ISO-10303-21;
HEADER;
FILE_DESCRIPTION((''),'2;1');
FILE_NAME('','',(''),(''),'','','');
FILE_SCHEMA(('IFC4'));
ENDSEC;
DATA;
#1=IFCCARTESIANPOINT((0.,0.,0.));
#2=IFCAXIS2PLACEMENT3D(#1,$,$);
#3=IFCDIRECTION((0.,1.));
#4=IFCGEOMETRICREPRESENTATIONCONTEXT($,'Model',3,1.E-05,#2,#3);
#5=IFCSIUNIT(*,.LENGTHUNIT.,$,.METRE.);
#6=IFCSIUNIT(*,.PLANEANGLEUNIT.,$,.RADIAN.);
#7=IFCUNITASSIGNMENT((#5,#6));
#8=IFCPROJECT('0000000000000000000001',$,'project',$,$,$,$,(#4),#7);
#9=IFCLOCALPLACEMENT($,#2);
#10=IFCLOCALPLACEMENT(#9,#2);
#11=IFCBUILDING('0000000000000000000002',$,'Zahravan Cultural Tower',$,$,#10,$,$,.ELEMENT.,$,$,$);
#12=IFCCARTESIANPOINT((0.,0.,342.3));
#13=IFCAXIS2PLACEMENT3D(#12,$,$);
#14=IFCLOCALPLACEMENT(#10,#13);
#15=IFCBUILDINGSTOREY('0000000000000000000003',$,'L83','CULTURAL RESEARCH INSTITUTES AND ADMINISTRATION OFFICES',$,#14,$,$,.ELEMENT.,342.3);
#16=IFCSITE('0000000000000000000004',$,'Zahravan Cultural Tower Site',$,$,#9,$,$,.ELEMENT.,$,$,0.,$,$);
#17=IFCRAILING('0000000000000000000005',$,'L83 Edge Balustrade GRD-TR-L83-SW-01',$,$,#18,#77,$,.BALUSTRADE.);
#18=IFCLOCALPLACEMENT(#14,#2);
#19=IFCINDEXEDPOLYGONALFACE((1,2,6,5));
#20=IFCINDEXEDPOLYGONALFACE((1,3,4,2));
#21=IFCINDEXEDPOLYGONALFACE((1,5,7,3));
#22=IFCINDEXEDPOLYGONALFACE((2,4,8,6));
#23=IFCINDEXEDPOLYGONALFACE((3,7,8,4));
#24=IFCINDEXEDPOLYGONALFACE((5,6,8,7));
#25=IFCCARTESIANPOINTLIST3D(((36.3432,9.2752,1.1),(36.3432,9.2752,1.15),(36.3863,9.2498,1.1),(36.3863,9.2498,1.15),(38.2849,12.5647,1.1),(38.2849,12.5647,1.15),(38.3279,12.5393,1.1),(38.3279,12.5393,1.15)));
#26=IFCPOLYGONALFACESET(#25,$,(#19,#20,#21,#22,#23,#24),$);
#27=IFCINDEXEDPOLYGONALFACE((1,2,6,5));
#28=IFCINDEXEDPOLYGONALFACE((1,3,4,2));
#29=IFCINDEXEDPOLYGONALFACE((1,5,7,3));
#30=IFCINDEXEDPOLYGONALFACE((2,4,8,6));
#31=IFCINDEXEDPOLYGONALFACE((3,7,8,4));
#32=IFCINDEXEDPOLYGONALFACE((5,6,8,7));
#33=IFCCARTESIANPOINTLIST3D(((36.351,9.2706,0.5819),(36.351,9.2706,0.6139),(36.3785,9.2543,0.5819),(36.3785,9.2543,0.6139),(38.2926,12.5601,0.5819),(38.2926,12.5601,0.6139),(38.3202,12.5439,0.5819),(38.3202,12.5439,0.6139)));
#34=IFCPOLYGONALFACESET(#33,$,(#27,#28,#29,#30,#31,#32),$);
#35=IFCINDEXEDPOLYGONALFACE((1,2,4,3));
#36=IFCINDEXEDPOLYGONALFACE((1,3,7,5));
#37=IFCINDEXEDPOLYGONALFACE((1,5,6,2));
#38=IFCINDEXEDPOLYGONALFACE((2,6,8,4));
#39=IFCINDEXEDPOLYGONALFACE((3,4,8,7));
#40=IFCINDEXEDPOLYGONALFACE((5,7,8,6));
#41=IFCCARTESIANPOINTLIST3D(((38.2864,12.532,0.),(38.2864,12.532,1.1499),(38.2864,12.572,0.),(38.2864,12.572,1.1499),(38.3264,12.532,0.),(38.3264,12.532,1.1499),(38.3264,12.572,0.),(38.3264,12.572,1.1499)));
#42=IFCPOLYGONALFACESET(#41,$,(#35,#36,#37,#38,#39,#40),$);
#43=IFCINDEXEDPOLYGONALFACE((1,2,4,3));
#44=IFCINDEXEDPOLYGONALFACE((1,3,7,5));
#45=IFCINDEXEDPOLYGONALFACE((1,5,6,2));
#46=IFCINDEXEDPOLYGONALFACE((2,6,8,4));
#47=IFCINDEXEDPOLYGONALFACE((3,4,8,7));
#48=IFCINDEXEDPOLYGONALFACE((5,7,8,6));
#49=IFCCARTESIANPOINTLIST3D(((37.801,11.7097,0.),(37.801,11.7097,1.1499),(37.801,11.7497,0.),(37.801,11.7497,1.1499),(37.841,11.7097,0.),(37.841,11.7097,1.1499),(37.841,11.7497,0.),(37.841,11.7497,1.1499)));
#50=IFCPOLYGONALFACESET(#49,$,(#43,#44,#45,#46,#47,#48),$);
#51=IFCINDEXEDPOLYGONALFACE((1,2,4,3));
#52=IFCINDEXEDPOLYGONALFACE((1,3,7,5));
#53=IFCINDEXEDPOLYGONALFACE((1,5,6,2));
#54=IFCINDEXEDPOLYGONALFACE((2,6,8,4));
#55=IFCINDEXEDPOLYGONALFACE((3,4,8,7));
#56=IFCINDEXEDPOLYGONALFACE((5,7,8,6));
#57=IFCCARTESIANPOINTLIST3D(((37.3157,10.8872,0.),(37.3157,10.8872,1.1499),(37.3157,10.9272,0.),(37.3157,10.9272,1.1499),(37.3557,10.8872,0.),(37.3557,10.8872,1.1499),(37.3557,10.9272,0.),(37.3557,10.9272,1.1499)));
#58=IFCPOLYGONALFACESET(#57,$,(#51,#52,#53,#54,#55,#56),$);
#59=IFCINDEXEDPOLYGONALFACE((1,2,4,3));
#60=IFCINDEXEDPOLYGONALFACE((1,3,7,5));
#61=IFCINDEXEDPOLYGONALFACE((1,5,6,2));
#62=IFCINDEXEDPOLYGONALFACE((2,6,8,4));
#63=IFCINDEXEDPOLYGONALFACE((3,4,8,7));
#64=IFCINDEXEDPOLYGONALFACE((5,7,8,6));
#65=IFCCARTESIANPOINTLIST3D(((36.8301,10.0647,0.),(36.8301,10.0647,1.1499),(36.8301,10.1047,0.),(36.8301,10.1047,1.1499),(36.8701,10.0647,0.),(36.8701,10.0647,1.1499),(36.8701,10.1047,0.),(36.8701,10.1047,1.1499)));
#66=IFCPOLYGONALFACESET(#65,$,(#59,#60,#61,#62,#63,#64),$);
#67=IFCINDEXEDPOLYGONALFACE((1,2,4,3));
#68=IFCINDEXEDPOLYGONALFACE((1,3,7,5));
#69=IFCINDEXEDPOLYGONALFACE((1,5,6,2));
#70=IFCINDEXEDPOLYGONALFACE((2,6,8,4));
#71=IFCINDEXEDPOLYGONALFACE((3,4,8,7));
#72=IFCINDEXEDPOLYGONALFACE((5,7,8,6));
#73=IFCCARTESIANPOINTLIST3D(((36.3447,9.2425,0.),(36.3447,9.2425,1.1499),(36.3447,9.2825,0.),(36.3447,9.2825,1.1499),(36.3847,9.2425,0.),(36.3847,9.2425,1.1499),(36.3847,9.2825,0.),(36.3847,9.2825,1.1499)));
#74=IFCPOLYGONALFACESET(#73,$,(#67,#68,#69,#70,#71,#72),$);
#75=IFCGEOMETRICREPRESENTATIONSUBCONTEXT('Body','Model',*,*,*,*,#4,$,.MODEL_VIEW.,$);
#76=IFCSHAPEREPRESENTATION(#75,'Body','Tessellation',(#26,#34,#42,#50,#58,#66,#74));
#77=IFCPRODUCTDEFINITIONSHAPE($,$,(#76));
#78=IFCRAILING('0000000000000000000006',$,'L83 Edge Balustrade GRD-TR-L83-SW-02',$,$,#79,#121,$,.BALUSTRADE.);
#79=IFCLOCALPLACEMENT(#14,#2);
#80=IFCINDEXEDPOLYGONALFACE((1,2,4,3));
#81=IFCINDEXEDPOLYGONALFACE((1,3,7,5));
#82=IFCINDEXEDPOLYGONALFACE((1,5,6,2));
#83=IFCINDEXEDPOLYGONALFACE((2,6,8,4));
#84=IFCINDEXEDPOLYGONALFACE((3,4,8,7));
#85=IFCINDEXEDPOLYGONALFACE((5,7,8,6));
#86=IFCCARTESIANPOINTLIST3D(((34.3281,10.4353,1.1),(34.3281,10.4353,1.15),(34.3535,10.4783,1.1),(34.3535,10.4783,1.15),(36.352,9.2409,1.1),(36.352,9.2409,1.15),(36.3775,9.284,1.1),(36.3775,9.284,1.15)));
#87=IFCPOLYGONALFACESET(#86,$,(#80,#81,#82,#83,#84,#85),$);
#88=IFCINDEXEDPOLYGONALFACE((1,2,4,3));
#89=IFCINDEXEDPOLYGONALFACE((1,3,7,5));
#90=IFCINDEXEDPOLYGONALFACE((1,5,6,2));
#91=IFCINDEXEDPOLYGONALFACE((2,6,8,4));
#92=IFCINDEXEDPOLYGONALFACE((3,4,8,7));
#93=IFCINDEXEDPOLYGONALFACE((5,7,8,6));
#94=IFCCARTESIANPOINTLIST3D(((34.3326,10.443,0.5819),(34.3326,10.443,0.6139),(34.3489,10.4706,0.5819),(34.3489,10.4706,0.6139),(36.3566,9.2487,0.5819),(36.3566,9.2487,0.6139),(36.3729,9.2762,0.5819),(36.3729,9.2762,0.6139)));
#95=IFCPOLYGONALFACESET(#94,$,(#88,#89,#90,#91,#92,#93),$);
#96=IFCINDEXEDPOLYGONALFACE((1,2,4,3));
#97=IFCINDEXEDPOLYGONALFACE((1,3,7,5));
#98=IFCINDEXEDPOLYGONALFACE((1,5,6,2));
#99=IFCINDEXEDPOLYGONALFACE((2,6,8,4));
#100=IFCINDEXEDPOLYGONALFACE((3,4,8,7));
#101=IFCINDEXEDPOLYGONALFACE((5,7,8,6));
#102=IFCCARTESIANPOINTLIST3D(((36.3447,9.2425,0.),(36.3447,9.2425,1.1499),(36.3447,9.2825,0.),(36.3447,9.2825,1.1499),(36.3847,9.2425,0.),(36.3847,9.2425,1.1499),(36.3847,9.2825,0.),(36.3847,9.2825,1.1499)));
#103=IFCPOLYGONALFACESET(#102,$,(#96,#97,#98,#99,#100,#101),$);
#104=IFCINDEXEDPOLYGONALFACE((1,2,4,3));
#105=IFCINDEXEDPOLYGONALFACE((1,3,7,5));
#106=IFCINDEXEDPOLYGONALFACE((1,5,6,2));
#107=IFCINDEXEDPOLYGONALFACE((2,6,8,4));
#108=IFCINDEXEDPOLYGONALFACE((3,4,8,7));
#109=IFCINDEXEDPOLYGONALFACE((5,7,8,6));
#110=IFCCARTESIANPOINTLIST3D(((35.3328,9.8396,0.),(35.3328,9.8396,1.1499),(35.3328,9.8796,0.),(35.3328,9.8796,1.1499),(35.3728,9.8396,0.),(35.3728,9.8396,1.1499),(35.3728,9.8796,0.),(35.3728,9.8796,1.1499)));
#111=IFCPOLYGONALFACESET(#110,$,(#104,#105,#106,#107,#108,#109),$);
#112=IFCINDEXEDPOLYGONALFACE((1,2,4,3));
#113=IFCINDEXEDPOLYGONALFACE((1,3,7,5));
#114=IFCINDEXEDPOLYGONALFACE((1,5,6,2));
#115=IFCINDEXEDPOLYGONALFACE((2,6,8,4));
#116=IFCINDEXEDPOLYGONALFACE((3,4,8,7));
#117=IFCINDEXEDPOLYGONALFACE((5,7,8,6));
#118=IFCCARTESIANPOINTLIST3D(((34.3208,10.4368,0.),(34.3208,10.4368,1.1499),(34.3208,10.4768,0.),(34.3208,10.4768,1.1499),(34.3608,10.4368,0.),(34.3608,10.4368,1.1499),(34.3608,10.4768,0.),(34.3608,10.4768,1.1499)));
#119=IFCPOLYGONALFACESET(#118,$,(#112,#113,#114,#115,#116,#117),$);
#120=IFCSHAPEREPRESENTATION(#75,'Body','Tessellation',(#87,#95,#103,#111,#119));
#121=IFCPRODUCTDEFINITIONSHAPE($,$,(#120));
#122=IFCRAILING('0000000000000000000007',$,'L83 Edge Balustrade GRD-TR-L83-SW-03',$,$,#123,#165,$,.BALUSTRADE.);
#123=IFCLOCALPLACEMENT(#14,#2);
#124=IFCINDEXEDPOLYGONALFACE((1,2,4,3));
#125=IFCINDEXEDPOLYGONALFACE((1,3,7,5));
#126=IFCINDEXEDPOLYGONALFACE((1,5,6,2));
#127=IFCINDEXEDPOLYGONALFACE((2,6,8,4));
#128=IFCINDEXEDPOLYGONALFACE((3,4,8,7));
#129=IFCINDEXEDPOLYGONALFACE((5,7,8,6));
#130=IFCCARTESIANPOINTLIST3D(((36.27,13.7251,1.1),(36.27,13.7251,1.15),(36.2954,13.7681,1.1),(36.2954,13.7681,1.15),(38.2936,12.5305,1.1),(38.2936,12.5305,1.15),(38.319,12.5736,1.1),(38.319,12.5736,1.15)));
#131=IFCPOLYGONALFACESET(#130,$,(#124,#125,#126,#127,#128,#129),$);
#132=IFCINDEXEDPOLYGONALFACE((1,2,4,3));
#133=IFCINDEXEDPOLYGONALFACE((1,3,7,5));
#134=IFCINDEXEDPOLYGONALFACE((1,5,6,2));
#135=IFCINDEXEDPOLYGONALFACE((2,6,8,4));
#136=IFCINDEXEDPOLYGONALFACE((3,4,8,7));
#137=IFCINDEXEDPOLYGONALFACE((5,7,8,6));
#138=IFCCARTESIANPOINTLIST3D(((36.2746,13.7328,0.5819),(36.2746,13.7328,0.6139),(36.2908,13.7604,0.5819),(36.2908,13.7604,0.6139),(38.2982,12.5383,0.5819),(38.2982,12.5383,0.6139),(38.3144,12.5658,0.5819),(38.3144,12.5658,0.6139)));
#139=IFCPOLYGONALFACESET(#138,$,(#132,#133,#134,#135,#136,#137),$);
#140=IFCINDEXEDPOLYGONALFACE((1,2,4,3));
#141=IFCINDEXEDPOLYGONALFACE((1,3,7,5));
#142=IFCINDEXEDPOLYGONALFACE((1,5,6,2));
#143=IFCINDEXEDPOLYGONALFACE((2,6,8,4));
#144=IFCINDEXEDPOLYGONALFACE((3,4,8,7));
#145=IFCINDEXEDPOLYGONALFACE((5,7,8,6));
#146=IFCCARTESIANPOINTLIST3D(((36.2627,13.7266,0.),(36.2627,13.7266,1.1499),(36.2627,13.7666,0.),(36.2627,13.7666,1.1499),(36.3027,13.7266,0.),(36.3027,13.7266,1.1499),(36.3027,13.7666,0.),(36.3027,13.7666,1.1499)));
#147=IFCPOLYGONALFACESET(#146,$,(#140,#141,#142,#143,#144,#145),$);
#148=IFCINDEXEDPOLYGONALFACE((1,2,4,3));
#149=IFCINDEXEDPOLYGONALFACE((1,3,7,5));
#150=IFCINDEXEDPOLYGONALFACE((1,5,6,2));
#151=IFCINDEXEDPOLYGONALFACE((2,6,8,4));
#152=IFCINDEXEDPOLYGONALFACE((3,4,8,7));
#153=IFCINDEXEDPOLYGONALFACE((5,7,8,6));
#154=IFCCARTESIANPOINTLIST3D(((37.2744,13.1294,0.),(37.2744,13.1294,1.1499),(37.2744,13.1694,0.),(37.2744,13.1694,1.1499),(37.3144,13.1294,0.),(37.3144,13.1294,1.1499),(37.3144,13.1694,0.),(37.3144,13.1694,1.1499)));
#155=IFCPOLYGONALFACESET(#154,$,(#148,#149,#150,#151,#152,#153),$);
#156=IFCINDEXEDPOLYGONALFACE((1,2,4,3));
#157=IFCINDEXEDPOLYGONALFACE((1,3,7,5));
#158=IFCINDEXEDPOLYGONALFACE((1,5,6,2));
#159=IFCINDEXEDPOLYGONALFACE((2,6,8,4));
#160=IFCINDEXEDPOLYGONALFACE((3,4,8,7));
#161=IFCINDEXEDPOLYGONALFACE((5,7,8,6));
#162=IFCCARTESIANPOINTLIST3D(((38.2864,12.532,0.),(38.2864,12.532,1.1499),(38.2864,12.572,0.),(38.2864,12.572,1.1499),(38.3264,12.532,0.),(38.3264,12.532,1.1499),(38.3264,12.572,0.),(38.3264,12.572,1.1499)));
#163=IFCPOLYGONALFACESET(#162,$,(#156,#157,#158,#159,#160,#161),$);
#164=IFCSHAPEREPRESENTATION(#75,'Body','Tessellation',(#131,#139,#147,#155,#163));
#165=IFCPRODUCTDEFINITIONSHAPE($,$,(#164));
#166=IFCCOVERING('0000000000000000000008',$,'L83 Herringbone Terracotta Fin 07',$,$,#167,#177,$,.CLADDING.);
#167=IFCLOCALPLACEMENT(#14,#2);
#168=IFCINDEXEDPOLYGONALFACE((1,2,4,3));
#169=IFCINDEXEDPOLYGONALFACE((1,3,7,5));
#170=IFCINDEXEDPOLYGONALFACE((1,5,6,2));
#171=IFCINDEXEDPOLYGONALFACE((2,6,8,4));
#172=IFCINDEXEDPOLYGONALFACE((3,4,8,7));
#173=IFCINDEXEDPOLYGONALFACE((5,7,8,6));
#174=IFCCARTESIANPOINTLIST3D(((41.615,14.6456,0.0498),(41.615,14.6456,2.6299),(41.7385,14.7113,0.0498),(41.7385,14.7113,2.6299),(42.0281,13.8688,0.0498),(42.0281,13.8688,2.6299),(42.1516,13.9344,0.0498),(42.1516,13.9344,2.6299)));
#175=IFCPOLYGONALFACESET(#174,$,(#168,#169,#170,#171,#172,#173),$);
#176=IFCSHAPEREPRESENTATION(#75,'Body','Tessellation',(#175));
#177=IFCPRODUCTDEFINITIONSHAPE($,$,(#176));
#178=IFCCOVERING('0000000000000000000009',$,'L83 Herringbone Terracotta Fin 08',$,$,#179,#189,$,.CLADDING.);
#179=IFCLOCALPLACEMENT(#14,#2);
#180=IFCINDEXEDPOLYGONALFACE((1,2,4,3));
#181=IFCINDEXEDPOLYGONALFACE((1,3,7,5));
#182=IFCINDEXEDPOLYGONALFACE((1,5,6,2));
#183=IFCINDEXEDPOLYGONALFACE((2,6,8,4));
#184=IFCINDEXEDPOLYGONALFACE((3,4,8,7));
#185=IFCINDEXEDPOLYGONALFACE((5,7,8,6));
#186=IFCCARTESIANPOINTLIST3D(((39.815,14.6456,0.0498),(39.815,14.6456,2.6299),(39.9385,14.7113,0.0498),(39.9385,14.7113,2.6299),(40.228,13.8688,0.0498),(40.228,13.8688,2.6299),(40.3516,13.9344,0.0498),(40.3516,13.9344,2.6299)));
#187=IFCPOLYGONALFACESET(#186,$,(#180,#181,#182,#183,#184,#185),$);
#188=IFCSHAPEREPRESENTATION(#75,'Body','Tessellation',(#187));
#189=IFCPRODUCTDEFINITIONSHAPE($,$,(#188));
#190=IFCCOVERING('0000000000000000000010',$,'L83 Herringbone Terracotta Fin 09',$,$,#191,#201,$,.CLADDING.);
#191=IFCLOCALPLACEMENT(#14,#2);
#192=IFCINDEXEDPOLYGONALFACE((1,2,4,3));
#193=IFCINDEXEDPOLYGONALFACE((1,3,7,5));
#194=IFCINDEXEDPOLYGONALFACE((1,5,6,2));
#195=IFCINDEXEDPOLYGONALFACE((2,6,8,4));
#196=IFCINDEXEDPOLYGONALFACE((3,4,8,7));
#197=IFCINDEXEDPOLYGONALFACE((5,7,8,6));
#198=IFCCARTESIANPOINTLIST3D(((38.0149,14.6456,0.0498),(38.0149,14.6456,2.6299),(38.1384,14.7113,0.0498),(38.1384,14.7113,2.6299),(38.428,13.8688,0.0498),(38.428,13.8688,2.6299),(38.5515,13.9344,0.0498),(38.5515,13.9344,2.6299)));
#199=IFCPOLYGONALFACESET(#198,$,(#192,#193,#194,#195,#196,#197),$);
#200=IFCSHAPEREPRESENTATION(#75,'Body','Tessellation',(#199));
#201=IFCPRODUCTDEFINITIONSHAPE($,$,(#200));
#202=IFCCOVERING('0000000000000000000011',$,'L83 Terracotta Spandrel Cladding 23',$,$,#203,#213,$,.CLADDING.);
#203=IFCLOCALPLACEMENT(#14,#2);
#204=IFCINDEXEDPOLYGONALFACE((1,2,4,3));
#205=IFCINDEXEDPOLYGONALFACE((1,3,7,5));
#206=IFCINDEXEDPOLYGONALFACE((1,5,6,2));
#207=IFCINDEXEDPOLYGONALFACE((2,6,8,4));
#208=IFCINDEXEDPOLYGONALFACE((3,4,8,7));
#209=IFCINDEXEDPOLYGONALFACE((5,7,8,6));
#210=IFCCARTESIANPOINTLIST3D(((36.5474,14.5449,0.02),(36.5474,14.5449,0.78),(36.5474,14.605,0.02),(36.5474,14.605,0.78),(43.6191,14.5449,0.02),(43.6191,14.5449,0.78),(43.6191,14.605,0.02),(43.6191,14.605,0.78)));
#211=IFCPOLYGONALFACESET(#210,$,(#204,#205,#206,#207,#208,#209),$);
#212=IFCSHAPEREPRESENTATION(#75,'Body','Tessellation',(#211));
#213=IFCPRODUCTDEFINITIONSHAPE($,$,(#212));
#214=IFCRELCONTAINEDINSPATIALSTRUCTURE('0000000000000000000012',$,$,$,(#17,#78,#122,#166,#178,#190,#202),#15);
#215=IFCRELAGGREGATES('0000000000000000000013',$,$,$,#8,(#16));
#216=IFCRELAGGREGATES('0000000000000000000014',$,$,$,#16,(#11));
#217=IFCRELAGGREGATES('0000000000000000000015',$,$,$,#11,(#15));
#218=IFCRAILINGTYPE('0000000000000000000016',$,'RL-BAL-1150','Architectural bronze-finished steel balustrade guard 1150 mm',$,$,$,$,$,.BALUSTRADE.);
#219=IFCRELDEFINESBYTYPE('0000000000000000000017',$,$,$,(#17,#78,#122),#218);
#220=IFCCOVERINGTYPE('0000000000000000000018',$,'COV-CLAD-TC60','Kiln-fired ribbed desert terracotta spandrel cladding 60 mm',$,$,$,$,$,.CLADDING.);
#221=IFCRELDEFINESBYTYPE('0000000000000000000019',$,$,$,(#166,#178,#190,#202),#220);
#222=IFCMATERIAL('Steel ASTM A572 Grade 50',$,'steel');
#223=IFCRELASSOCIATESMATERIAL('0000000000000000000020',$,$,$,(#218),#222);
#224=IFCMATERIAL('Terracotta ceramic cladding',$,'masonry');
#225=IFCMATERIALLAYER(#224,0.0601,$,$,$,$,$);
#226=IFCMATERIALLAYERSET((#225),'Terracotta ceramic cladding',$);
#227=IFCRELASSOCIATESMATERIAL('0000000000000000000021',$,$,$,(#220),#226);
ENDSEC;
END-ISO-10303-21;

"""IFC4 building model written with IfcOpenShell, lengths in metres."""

from ifc_helpers import new_model, si_unit, direction, frame, origin, origin_2d, place, context, subcontext, project, spatial, rectangle, extrude, source, transform, mapped, material, layer, layer_set, type_object, element, save


model = new_model("IFC4")

# Units and contexts
model_context = context("Model", 3, precision=1e-05, world=origin(), true_north=direction((0.0, 1.0)))
body_context = subcontext(model_context, "Body", "Model", "MODEL_VIEW")
ifc_project = project(units=[si_unit("LENGTHUNIT", "METRE"), si_unit("PLANEANGLEUNIT", "RADIAN")], contexts=[model_context])

# Site, building, storey
site_placement = place(None, origin())
site = spatial("IfcSite", under=ifc_project, at=site_placement, Name="Zahravan Cultural Tower Site", CompositionType="ELEMENT", RefElevation=0.0)
building_placement = place(site_placement, origin())
building = spatial("IfcBuilding", under=site, at=building_placement, Name="Zahravan Cultural Tower", CompositionType="ELEMENT")
storey_placement = place(building_placement, frame((0.0, 0.0, 342.3)))
storey = spatial("IfcBuildingStorey", under=building, at=storey_placement, Name="L83", Description="CULTURAL RESEARCH INSTITUTES AND ADMINISTRATION OFFICES", CompositionType="ELEMENT", Elevation=342.3)

# Shared definitions
ifc_material_1 = material(Name="Steel ASTM A572 Grade 50", Category="steel")

# Railings
railing_type = type_object("IfcRailingType", Name="RL-BAL-1150", Description="Architectural bronze-finished steel balustrade guard 1150 mm", PredefinedType="BALUSTRADE", material=ifc_material_1)
railing_1_placement = place(storey_placement, frame((38.3064, 12.552, 0.0)))
element("IfcRailing", 1, at=railing_1_placement, inside=storey, type_object=railing_type, Name="L83 Edge Balustrade GRD-TR-L83-SW-01", PredefinedType="BALUSTRADE", context=body_context, shape_type="SweptSolid", body=[
    extrude(rectangle(XDim=0.05, YDim=0.05, at=origin_2d()), frame((0.0, 0.0, 1.125), z_axis=(-0.508307, -0.861176, 0.0), x_axis=(0.861176, -0.508307, 0.0)), (0.0, 0.0, 1.0), 3.8198),
    extrude(rectangle(XDim=0.032, YDim=0.032, at=origin_2d()), frame((0.0, 0.0, 0.5979), z_axis=(-0.508307, -0.861176, 0.0), x_axis=(0.861176, -0.508307, 0.0)), (0.0, 0.0, 1.0), 3.8198),
    extrude(rectangle(XDim=0.04, YDim=0.04, at=origin_2d()), origin(), (0.0, 0.0, 1.0), 1.1499),
    extrude(rectangle(XDim=0.04, YDim=0.04, at=origin_2d()), frame((-0.4854, -0.8223, 0.0)), (0.0, 0.0, 1.0), 1.1499),
    extrude(rectangle(XDim=0.04, YDim=0.04, at=origin_2d()), frame((-0.9707, -1.6448, 0.0)), (0.0, 0.0, 1.0), 1.1499),
    extrude(rectangle(XDim=0.04, YDim=0.04, at=origin_2d()), frame((-1.4563, -2.4673, 0.0)), (0.0, 0.0, 1.0), 1.1499),
    extrude(rectangle(XDim=0.04, YDim=0.04, at=origin_2d()), frame((-1.9417, -3.2896, 0.0)), (0.0, 0.0, 1.0), 1.1499),
])
railing_2_placement = place(storey_placement, frame((36.3647, 9.2625, 0.0)))
element("IfcRailing", 2, at=railing_2_placement, inside=storey, type_object=railing_type, Name="L83 Edge Balustrade GRD-TR-L83-SW-02", PredefinedType="BALUSTRADE", context=body_context, shape_type="SweptSolid", body=[
    extrude(rectangle(XDim=0.05, YDim=0.05, at=origin_2d()), frame((0.0, 0.0, 1.125), z_axis=(-0.861228, 0.508218, 0.0), x_axis=(-0.508218, -0.861228, 0.0)), (0.0, 0.0, 1.0), 2.3501),
    extrude(rectangle(XDim=0.032, YDim=0.032, at=origin_2d()), frame((0.0, 0.0, 0.5979), z_axis=(-0.861228, 0.508218, 0.0), x_axis=(-0.508218, -0.861228, 0.0)), (0.0, 0.0, 1.0), 2.3501),
    extrude(rectangle(XDim=0.04, YDim=0.04, at=origin_2d()), origin(), (0.0, 0.0, 1.0), 1.1499),
    extrude(rectangle(XDim=0.04, YDim=0.04, at=origin_2d()), frame((-1.012, 0.5972, 0.0)), (0.0, 0.0, 1.0), 1.1499),
    extrude(rectangle(XDim=0.04, YDim=0.04, at=origin_2d()), frame((-2.0239, 1.1943, 0.0)), (0.0, 0.0, 1.0), 1.1499),
])
railing_3_placement = place(storey_placement, frame((36.2827, 13.7466, 0.0)))
element("IfcRailing", 3, at=railing_3_placement, inside=storey, type_object=railing_type, Name="L83 Edge Balustrade GRD-TR-L83-SW-03", PredefinedType="BALUSTRADE", context=body_context, shape_type="SweptSolid", body=[
    extrude(rectangle(XDim=0.05, YDim=0.05, at=origin_2d()), frame((0.0, 0.0, 1.125), z_axis=(0.861156, -0.508341, 0.0), x_axis=(0.508341, 0.861156, 0.0)), (0.0, 0.0, 1.0), 2.3499),
    extrude(rectangle(XDim=0.032, YDim=0.032, at=origin_2d()), frame((0.0, 0.0, 0.5979), z_axis=(0.861156, -0.508341, 0.0), x_axis=(0.508341, 0.861156, 0.0)), (0.0, 0.0, 1.0), 2.3499),
    extrude(rectangle(XDim=0.04, YDim=0.04, at=origin_2d()), origin(), (0.0, 0.0, 1.0), 1.1499),
    extrude(rectangle(XDim=0.04, YDim=0.04, at=origin_2d()), frame((1.0117, -0.5972, 0.0)), (0.0, 0.0, 1.0), 1.1499),
    extrude(rectangle(XDim=0.04, YDim=0.04, at=origin_2d()), frame((2.0237, -1.1946, 0.0)), (0.0, 0.0, 1.0), 1.1499),
])

# Coverings
ifc_material_2 = material(Name="Terracotta ceramic cladding", Category="masonry")
ifc_layer_1 = layer(ifc_material_2, 0.0601)
ifc_layer_set_1 = layer_set([ifc_layer_1], Name="Terracotta ceramic cladding")
covering_type = type_object("IfcCoveringType", Name="COV-CLAD-TC60", Description="Kiln-fired ribbed desert terracotta spandrel cladding 60 mm", PredefinedType="CLADDING", material=ifc_layer_set_1)
shared_shape_1 = source(origin(), body_context, "Body", "SweptSolid", [
    extrude(rectangle(XDim=0.8799, YDim=0.1399, at=origin_2d()), origin(), (0.0, 0.0, 1.0), 2.5801),
])
for number, where, z_axis, x_axis, name in (
    (4, (41.8833, 14.29, 0.0498), (0.0, 0.0, 1.0), (0.469472, -0.882948, 0.0), "L83 Herringbone Terracotta Fin 07"),
    (5, (40.0833, 14.29, 0.0498), (0.0, 0.0, 1.0), (0.469472, -0.882948, 0.0), "L83 Herringbone Terracotta Fin 08"),
    (6, (38.2832, 14.29, 0.0498), (0.0, 0.0, 1.0), (0.469472, -0.882948, 0.0), "L83 Herringbone Terracotta Fin 09"),
):
    element("IfcCovering", number, at=place(storey_placement, frame(where, z_axis=z_axis, x_axis=x_axis)), inside=storey, type_object=covering_type, Name=name, PredefinedType="CLADDING", context=body_context, shape_type="MappedRepresentation", body=[
        mapped(shared_shape_1, transform((0.0, 0.0, 0.0), x_axis=(1.0, 0.0, 0.0), y_axis=(0.0, 1.0, 0.0), z_axis=(0.0, 0.0, 1.0), scale=1.0)),
    ])
shared_shape_2 = source(origin(), body_context, "Body", "SweptSolid", [
    extrude(rectangle(XDim=7.0718, YDim=0.0601, at=origin_2d()), origin(), (0.0, 0.0, 1.0), 0.76),
])
covering_placement = place(storey_placement, frame((40.0833, 14.575, 0.02), z_axis=(0.0, 0.0, 1.0), x_axis=(-1.0, 0.0, 0.0)))
element("IfcCovering", 7, at=covering_placement, inside=storey, type_object=covering_type, Name="L83 Terracotta Spandrel Cladding 23", PredefinedType="CLADDING", context=body_context, shape_type="MappedRepresentation", body=[
    mapped(shared_shape_2, transform((0.0, 0.0, 0.0), x_axis=(1.0, 0.0, 0.0), y_axis=(0.0, 1.0, 0.0), z_axis=(0.0, 0.0, 1.0), scale=1.0)),
])

save(model, "model.ifc")
